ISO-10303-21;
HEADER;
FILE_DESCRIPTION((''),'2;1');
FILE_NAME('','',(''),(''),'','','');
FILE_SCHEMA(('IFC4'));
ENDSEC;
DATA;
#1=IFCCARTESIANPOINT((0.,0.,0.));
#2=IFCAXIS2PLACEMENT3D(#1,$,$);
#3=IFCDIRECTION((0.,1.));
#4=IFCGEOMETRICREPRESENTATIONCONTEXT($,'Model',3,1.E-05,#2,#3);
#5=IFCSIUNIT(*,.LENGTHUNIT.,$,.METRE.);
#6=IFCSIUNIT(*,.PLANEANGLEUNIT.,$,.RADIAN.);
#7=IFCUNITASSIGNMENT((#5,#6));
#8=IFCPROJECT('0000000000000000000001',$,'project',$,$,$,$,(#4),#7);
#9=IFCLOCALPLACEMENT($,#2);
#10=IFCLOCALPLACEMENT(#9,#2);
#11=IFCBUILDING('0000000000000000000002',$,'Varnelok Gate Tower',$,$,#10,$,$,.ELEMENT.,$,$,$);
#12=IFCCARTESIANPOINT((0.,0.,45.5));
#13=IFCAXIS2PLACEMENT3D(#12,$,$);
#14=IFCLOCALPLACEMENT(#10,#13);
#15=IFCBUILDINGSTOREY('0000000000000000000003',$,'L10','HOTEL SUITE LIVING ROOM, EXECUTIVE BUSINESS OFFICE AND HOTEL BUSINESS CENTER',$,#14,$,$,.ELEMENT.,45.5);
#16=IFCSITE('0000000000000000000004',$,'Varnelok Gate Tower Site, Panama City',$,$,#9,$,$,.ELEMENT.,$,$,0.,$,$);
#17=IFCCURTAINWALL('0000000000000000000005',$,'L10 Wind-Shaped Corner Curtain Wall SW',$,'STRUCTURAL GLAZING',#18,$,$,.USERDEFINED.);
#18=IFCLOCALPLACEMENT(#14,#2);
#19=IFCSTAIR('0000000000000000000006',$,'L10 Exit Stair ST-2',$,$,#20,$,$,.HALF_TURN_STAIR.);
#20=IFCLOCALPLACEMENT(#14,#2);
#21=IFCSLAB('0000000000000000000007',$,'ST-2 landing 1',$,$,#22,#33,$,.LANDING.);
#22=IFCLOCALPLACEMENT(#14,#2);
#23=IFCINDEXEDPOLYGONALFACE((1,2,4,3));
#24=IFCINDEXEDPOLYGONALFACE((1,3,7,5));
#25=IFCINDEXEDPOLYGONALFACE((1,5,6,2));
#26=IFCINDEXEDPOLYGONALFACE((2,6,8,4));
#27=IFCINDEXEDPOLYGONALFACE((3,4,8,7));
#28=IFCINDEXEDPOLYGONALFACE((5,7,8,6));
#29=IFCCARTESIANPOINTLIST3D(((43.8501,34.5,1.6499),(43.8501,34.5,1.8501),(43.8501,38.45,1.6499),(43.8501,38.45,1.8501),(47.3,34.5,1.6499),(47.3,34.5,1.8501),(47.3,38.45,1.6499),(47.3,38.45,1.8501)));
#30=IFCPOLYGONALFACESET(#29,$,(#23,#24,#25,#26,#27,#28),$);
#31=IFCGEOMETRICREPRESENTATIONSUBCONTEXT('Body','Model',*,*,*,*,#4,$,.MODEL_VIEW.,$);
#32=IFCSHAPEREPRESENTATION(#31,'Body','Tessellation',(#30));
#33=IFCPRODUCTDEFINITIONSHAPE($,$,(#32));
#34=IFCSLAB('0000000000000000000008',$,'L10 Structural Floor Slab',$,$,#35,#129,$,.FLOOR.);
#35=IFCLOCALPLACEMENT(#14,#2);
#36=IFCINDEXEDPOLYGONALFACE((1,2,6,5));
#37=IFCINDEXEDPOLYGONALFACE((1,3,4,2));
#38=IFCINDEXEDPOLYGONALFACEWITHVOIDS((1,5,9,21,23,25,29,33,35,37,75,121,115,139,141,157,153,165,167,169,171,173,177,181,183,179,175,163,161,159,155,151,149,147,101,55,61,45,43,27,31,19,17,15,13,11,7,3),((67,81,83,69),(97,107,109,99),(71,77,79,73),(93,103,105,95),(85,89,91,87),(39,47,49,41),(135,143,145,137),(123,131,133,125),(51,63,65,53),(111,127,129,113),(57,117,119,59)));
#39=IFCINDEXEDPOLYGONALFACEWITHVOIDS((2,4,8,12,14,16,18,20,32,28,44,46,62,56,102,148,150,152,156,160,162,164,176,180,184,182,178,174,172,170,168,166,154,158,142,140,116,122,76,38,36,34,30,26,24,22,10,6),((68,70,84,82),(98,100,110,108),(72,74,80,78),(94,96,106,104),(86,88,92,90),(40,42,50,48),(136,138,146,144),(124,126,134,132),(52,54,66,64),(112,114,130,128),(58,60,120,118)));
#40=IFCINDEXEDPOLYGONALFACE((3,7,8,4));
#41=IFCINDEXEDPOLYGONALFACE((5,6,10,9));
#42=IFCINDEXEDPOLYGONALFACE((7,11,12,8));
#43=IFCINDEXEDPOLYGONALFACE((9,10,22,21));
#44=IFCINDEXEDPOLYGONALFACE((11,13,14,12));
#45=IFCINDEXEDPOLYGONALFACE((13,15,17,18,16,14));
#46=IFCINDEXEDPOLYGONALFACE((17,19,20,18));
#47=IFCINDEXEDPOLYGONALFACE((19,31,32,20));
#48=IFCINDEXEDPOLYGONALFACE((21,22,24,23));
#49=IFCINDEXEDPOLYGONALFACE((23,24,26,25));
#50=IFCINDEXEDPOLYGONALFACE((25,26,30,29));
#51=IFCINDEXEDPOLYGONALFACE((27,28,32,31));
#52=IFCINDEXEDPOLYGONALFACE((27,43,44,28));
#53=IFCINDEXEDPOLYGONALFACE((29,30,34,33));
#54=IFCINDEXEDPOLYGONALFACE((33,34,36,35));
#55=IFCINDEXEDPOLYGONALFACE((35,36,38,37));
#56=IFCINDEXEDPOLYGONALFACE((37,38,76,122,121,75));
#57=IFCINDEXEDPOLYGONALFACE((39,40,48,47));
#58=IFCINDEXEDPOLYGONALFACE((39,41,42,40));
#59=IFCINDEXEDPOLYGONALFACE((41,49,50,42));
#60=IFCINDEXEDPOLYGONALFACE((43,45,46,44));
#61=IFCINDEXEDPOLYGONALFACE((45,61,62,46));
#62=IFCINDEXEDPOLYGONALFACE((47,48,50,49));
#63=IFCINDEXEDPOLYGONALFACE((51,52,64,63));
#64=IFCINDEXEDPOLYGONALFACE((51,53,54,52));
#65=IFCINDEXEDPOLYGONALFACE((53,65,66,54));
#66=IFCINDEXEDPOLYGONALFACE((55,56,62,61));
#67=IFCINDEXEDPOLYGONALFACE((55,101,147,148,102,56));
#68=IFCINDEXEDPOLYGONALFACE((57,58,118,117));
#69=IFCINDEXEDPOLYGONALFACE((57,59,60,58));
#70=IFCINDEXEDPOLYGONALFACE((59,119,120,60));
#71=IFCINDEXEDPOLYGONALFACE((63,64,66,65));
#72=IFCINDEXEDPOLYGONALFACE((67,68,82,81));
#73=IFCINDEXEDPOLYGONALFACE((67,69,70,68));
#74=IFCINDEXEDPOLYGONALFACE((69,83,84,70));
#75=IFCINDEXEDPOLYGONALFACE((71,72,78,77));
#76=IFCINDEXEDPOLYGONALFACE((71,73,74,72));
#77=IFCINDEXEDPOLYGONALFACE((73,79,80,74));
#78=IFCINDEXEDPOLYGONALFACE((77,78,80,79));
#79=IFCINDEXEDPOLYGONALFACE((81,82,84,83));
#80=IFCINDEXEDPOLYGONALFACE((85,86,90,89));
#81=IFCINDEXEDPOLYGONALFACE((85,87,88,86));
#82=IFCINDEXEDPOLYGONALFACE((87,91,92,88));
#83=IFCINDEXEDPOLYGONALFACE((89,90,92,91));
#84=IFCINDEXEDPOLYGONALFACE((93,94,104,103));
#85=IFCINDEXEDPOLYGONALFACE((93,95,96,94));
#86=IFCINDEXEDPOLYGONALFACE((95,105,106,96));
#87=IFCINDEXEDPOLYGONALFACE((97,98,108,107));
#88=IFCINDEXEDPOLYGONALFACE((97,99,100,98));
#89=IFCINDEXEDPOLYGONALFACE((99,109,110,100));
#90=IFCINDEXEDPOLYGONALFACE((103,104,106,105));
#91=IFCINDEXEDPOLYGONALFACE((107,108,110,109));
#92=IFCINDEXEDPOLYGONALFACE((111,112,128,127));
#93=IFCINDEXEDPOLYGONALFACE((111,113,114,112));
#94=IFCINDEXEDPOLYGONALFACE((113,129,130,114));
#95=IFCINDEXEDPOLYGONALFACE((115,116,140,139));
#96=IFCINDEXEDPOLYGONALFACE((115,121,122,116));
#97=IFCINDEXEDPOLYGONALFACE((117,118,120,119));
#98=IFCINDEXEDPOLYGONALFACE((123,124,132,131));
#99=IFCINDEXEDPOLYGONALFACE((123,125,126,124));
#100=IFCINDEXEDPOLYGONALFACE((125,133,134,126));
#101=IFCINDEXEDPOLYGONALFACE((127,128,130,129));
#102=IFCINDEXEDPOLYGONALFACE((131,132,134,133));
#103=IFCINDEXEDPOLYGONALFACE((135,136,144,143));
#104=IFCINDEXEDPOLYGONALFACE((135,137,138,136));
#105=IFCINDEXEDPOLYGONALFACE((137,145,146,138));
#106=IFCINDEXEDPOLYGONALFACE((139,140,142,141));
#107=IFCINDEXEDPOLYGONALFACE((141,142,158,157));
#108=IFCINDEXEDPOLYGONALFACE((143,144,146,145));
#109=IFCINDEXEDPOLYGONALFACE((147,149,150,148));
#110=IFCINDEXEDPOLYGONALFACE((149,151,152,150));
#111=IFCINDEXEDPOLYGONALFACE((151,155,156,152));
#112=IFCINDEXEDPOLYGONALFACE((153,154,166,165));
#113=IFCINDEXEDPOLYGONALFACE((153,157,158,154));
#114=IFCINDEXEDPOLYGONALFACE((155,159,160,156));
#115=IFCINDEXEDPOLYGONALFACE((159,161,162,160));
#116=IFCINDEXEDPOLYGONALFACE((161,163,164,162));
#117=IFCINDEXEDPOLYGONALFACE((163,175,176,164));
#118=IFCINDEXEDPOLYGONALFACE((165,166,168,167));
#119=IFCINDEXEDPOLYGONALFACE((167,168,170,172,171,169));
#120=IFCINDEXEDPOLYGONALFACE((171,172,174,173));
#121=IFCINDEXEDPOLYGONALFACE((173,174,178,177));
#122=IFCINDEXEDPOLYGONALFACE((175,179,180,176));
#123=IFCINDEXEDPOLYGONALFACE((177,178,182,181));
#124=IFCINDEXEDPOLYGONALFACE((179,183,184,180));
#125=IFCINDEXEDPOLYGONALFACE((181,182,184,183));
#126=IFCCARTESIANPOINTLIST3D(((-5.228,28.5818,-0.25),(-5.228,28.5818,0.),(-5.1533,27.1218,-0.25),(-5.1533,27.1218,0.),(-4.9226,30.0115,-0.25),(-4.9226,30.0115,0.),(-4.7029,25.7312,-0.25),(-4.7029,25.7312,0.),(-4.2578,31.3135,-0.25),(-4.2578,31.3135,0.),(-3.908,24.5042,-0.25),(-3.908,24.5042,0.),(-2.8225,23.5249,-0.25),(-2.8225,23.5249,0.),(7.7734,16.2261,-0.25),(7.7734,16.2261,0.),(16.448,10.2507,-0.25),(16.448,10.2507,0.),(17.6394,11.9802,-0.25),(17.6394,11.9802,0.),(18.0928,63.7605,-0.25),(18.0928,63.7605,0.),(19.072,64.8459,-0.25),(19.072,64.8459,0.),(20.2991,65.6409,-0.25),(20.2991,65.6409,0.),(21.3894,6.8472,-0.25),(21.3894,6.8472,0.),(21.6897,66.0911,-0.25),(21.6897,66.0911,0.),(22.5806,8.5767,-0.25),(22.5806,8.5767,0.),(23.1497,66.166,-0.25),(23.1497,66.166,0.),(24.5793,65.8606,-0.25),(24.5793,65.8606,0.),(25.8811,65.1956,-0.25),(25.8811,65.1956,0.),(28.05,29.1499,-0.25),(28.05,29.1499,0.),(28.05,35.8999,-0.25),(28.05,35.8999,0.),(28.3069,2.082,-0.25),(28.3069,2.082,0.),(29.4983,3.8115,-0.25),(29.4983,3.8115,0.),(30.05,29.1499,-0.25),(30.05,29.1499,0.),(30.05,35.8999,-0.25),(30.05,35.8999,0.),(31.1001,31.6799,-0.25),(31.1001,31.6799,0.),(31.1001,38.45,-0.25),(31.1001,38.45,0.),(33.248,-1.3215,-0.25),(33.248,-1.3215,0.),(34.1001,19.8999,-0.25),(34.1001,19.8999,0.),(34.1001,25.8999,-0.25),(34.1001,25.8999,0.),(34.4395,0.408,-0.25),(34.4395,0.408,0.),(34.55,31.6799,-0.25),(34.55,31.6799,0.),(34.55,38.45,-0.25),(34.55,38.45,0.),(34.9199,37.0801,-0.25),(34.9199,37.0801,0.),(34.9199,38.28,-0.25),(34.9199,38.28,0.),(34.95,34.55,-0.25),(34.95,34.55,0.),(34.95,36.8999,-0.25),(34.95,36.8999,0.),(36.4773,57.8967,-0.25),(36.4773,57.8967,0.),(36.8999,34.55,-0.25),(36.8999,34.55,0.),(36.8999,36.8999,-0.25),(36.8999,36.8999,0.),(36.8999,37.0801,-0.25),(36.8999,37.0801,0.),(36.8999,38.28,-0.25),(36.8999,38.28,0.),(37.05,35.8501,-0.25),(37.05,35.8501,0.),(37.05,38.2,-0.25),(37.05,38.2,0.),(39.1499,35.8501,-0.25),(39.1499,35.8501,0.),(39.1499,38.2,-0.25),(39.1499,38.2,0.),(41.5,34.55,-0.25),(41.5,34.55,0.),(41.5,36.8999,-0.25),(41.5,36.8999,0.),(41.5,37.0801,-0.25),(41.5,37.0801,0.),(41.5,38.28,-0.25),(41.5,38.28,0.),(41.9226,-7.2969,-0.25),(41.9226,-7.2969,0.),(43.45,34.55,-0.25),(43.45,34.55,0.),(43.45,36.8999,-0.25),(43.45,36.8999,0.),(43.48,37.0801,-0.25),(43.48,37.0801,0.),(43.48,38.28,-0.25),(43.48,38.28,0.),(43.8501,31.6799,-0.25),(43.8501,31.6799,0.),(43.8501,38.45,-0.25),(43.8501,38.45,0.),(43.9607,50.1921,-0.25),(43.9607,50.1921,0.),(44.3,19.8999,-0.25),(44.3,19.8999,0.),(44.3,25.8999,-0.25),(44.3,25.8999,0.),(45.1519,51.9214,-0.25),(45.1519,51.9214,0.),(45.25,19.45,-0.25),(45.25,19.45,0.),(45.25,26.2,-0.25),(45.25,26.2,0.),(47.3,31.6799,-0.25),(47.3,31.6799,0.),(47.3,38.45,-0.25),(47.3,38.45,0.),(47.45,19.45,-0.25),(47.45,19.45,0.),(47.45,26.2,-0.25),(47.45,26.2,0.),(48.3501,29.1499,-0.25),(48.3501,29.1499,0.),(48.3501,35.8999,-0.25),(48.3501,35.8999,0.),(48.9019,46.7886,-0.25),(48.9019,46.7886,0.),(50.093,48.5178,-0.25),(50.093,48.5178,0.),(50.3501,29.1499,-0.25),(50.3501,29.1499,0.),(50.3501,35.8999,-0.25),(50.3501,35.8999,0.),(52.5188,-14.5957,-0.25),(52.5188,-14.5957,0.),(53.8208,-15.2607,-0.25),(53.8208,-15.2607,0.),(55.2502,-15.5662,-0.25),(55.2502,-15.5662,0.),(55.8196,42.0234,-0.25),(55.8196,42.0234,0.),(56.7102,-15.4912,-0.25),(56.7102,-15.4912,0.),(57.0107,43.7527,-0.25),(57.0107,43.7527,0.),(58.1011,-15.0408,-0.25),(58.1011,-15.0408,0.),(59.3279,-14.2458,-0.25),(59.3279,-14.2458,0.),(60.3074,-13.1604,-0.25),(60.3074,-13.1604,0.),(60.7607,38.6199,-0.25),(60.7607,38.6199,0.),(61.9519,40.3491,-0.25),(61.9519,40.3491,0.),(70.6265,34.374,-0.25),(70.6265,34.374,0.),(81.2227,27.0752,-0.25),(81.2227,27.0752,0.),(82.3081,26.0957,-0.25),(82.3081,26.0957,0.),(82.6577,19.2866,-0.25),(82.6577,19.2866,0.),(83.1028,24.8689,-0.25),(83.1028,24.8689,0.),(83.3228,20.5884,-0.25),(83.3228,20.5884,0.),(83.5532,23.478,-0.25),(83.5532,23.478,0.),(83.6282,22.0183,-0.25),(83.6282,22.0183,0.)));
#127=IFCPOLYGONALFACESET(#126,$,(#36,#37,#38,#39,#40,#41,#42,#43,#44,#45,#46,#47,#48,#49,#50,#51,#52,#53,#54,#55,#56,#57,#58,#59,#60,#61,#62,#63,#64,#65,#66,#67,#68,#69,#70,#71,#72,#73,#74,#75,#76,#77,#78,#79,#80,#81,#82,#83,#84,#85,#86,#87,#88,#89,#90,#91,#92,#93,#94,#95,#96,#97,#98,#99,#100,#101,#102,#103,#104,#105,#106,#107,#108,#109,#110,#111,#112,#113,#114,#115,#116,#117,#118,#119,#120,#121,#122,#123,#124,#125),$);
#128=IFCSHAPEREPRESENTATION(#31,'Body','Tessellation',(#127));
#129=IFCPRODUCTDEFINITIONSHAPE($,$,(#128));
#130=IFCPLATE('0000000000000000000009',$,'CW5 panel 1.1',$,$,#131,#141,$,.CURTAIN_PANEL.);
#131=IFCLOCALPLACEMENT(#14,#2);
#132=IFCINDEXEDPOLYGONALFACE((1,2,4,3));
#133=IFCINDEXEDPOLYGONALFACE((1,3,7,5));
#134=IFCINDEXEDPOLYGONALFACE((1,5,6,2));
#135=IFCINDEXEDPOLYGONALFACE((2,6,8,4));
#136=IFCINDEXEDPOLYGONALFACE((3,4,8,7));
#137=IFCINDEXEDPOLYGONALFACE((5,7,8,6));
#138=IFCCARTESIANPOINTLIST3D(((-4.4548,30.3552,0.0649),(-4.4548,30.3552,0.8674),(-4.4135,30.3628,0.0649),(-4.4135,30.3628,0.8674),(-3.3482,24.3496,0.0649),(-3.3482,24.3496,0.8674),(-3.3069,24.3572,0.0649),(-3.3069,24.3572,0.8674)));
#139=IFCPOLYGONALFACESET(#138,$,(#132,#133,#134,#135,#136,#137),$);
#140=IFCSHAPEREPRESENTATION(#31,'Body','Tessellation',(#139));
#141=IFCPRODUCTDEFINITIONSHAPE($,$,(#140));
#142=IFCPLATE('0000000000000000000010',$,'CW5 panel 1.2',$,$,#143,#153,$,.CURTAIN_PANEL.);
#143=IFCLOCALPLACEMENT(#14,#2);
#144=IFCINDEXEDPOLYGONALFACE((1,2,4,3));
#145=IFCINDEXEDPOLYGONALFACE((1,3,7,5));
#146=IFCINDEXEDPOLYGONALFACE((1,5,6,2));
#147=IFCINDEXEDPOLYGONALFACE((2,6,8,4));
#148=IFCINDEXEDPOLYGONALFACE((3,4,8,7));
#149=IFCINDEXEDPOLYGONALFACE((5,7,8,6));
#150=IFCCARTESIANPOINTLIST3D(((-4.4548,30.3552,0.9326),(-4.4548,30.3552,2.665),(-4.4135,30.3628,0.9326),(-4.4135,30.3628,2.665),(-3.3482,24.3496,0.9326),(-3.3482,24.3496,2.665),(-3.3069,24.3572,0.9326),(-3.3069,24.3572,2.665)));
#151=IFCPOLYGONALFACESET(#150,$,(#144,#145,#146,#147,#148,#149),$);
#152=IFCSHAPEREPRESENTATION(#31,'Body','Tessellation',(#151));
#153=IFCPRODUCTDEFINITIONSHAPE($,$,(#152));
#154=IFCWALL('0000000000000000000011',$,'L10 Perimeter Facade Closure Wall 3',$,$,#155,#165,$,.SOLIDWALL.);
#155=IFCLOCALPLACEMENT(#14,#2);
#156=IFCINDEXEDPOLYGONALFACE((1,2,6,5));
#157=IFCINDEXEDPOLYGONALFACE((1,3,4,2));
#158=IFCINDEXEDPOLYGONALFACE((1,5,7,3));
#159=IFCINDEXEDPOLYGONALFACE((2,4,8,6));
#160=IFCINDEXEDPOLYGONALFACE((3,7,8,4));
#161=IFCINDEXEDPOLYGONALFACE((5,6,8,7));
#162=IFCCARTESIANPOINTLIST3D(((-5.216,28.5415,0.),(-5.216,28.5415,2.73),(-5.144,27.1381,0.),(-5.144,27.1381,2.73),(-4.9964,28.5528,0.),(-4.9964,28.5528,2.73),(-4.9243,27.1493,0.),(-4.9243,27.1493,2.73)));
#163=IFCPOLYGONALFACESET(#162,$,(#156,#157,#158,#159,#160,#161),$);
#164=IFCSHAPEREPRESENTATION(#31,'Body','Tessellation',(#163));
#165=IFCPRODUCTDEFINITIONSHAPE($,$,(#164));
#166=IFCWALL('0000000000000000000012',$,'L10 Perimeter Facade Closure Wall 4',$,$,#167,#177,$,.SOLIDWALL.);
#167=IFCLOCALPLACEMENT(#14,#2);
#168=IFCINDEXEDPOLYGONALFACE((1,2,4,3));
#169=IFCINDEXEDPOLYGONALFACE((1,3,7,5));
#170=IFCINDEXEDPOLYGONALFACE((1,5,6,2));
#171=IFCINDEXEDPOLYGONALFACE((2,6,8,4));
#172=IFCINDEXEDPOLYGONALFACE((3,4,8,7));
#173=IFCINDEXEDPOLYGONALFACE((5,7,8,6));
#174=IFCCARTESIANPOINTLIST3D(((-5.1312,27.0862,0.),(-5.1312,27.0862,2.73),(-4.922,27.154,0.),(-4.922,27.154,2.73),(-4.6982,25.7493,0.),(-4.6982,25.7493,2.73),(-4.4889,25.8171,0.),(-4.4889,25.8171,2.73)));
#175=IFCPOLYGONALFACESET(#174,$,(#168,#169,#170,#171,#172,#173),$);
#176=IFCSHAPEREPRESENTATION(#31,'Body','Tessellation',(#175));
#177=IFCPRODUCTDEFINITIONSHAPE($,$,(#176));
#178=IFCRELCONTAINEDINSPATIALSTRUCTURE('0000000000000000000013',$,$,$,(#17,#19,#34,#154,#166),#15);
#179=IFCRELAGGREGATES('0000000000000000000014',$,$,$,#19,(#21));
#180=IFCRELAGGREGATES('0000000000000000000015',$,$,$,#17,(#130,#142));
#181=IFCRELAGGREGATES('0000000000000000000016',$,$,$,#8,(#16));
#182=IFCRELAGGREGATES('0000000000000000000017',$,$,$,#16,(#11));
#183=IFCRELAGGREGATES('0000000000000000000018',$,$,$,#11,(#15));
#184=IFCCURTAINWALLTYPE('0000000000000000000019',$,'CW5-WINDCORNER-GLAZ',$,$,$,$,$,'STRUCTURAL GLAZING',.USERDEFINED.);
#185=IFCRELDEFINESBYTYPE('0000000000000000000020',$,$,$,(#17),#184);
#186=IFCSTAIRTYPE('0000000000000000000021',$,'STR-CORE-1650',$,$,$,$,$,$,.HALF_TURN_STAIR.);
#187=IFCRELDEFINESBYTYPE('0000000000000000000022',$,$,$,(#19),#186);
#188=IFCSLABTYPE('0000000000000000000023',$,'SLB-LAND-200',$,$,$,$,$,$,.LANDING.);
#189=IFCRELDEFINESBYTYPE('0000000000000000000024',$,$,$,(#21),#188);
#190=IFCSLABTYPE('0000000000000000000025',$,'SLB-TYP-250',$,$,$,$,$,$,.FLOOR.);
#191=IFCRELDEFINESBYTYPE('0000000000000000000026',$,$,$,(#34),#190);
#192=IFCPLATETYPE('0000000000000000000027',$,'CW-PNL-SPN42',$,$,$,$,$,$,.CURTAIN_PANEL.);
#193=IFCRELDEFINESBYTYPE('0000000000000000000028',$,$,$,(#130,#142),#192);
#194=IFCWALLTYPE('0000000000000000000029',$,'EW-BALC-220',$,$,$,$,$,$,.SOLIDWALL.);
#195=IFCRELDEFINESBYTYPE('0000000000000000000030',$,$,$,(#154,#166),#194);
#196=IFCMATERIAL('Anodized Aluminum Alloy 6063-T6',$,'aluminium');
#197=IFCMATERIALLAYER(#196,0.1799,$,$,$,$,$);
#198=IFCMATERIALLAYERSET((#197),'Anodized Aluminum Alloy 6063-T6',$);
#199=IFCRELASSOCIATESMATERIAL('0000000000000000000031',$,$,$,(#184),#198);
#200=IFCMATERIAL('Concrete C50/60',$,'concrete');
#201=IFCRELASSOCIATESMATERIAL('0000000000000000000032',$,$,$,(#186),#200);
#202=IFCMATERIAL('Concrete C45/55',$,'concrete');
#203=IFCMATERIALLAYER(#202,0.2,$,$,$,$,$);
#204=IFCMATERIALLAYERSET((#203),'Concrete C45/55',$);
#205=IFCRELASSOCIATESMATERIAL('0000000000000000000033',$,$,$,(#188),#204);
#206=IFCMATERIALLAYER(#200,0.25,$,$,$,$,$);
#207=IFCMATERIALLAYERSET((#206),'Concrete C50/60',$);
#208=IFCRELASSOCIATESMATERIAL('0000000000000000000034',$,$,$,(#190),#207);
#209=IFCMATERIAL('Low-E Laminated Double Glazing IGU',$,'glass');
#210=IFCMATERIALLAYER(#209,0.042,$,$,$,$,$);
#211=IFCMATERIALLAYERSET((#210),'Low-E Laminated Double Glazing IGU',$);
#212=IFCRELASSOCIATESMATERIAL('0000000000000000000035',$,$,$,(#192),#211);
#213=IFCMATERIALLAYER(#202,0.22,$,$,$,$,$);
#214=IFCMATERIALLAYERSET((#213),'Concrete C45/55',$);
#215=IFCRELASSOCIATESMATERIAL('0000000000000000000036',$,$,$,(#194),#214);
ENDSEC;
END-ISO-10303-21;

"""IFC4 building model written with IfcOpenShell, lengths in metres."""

from ifc_helpers import new_model, si_unit, direction, frame, frame_2d, origin, origin_2d, place, context, subcontext, project, spatial, polyline, rectangle, outline, extrude, source, transform, mapped, material, layer, layer_set, type_object, element, aggregate, save


model = new_model("IFC4")

# Units and contexts
model_context = context("Model", 3, precision=1e-05, world=origin(), true_north=direction((0.0, 1.0)))
body_context = subcontext(model_context, "Body", "Model", "MODEL_VIEW")
ifc_project = project(units=[si_unit("LENGTHUNIT", "METRE"), si_unit("PLANEANGLEUNIT", "RADIAN")], contexts=[model_context])

# Site, building, storey
site_placement = place(None, origin())
site = spatial("IfcSite", under=ifc_project, at=site_placement, Name="Varnelok Gate Tower Site, Panama City", CompositionType="ELEMENT", RefElevation=0.0)
building_placement = place(site_placement, origin())
building = spatial("IfcBuilding", under=site, at=building_placement, Name="Varnelok Gate Tower", CompositionType="ELEMENT")
storey_placement = place(building_placement, frame((0.0, 0.0, 45.5)))
storey = spatial("IfcBuildingStorey", under=building, at=storey_placement, Name="L10", Description="HOTEL SUITE LIVING ROOM, EXECUTIVE BUSINESS OFFICE AND HOTEL BUSINESS CENTER", CompositionType="ELEMENT", Elevation=45.5)

# Curtain wall
ifc_material_1 = material(Name="Anodized Aluminum Alloy 6063-T6", Category="aluminium")
ifc_layer_1 = layer(ifc_material_1, 0.1799)
ifc_layer_set_1 = layer_set([ifc_layer_1], Name="Anodized Aluminum Alloy 6063-T6")
curtain_wall_type = type_object("IfcCurtainWallType", Name="CW5-WINDCORNER-GLAZ", ElementType="STRUCTURAL GLAZING", PredefinedType="USERDEFINED", material=ifc_layer_set_1)
curtain_wall_placement = place(storey_placement, origin())
curtain_wall = element("IfcCurtainWall", 1, at=curtain_wall_placement, inside=storey, type_object=curtain_wall_type, Name="L10 Wind-Shaped Corner Curtain Wall SW", ObjectType="STRUCTURAL GLAZING", PredefinedType="USERDEFINED")

# Shared definitions
ifc_material_2 = material(Name="Concrete C45/55", Category="concrete")

# Stair, slab
ifc_material_3 = material(Name="Concrete C50/60", Category="concrete")
stair_type = type_object("IfcStairType", Name="STR-CORE-1650", PredefinedType="HALF_TURN_STAIR", material=ifc_material_3)
ifc_layer_2 = layer(ifc_material_2, 0.2)
ifc_layer_set_2 = layer_set([ifc_layer_2], Name="Concrete C45/55")
slab_type_1 = type_object("IfcSlabType", Name="SLB-LAND-200", PredefinedType="LANDING", material=ifc_layer_set_2)
stair_1_placement = place(storey_placement, origin())
stair_1 = element("IfcStair", 2, at=stair_1_placement, inside=storey, type_object=stair_type, Name="L10 Exit Stair ST-2", PredefinedType="HALF_TURN_STAIR")
slab_1_placement = place(storey_placement, frame((0.0, 0.0, 1.6499)))
slab_1 = element("IfcSlab", 3, at=slab_1_placement, type_object=slab_type_1, Name="ST-2 landing 1", PredefinedType="LANDING", context=body_context, shape_type="SweptSolid", body=[
    extrude(outline(polyline([(47.3, 34.5), (47.3, 38.45), (43.8501, 38.45), (43.8501, 34.5), (47.3, 34.5)])), origin(), (0.0, 0.0, 1.0), 0.2002),
])
aggregate(stair_1, [slab_1])

# Slab
ifc_layer_3 = layer(ifc_material_3, 0.25)
ifc_layer_set_3 = layer_set([ifc_layer_3], Name="Concrete C50/60")
slab_type_2 = type_object("IfcSlabType", Name="SLB-TYP-250", PredefinedType="FLOOR", material=ifc_layer_set_3)
slab_2_placement = place(storey_placement, frame((0.0, 0.0, -0.25)))
element("IfcSlab", 4, at=slab_2_placement, inside=storey, type_object=slab_type_2, Name="L10 Structural Floor Slab", PredefinedType="FLOOR", context=body_context, shape_type="SweptSolid", body=[
    extrude(outline(polyline([(-4.2578, 31.3135), (-4.9226, 30.0115), (-5.228, 28.5818), (-5.1533, 27.1218), (-4.7029, 25.7312), (-3.908, 24.5042), (-2.8225, 23.5249), (7.7734, 16.2261), (16.448, 10.2507), (17.6394, 11.9802), (22.5806, 8.5767), (21.3894, 6.8472), (28.3069, 2.082), (29.4983, 3.8115), (34.4395, 0.408), (33.248, -1.3215), (41.9226, -7.2969), (52.5188, -14.5957), (53.8208, -15.2607), (55.2502, -15.5662), (56.7102, -15.4912), (58.1011, -15.0408), (59.3279, -14.2458), (60.3074, -13.1604), (82.6577, 19.2866), (83.3228, 20.5884), (83.6282, 22.0183), (83.5532, 23.478), (83.1028, 24.8689), (82.3081, 26.0957), (81.2227, 27.0752), (70.6265, 34.374), (61.9519, 40.3491), (60.7607, 38.6199), (55.8196, 42.0234), (57.0107, 43.7527), (50.093, 48.5178), (48.9019, 46.7886), (43.9607, 50.1921), (45.1519, 51.9214), (36.4773, 57.8967), (25.8811, 65.1956), (24.5793, 65.8606), (23.1497, 66.166), (21.6897, 66.0911), (20.2991, 65.6409), (19.072, 64.8459), (18.0928, 63.7605), (-4.2578, 31.3135)]), holes=[polyline([(34.55, 31.6799), (34.55, 38.45), (31.1001, 38.45), (31.1001, 31.6799), (34.55, 31.6799)]), polyline([(47.3, 31.6799), (47.3, 38.45), (43.8501, 38.45), (43.8501, 31.6799), (47.3, 31.6799)]), polyline([(34.95, 34.55), (36.8999, 34.55), (36.8999, 36.8999), (34.95, 36.8999), (34.95, 34.55)]), polyline([(41.5, 34.55), (43.45, 34.55), (43.45, 36.8999), (41.5, 36.8999), (41.5, 34.55)]), polyline([(37.05, 35.8501), (39.1499, 35.8501), (39.1499, 38.2), (37.05, 38.2), (37.05, 35.8501)]), polyline([(28.05, 29.1499), (30.05, 29.1499), (30.05, 35.8999), (28.05, 35.8999), (28.05, 29.1499)]), polyline([(48.3501, 29.1499), (50.3501, 29.1499), (50.3501, 35.8999), (48.3501, 35.8999), (48.3501, 29.1499)]), polyline([(45.25, 19.45), (47.45, 19.45), (47.45, 26.2), (45.25, 26.2), (45.25, 19.45)]), polyline([(34.9199, 37.0801), (36.8999, 37.0801), (36.8999, 38.28), (34.9199, 38.28), (34.9199, 37.0801)]), polyline([(41.5, 37.0801), (43.48, 37.0801), (43.48, 38.28), (41.5, 38.28), (41.5, 37.0801)]), polyline([(34.1001, 19.8999), (44.3, 19.8999), (44.3, 25.8999), (34.1001, 25.8999), (34.1001, 19.8999)])]), origin(), (0.0, 0.0, 1.0), 0.25),
])

# Plates
ifc_material_4 = material(Name="Low-E Laminated Double Glazing IGU", Category="glass")
ifc_layer_4 = layer(ifc_material_4, 0.042)
ifc_layer_set_4 = layer_set([ifc_layer_4], Name="Low-E Laminated Double Glazing IGU")
plate_type = type_object("IfcPlateType", Name="CW-PNL-SPN42", PredefinedType="CURTAIN_PANEL", material=ifc_layer_set_4)
shared_shape_1 = source(origin(), body_context, "Body", "SweptSolid", [
    extrude(rectangle(XDim=6.1067, YDim=0.042, at=origin_2d()), origin(), (0.0, 0.0, 1.0), 0.8025),
])
plate_1_placement = place(storey_placement, frame((-3.8809, 27.3562, 0.0649), z_axis=(0.0, 0.0, 1.0), x_axis=(0.181203, -0.983446, 0.0)))
plate_1 = element("IfcPlate", 5, at=plate_1_placement, type_object=plate_type, Name="CW5 panel 1.1", PredefinedType="CURTAIN_PANEL", context=body_context, shape_type="MappedRepresentation", body=[
    mapped(shared_shape_1, transform((0.0, 0.0, 0.0), scale=1.0)),
])
shared_shape_2 = source(origin(), body_context, "Body", "SweptSolid", [
    extrude(rectangle(XDim=6.1067, YDim=0.042, at=origin_2d()), origin(), (0.0, 0.0, 1.0), 1.7324),
])
plate_2_placement = place(storey_placement, frame((-3.8809, 27.3562, 0.9326), z_axis=(0.0, 0.0, 1.0), x_axis=(0.181203, -0.983446, 0.0)))
plate_2 = element("IfcPlate", 6, at=plate_2_placement, type_object=plate_type, Name="CW5 panel 1.2", PredefinedType="CURTAIN_PANEL", context=body_context, shape_type="MappedRepresentation", body=[
    mapped(shared_shape_2, transform((0.0, 0.0, 0.0), scale=1.0)),
])
aggregate(curtain_wall, [plate_1, plate_2])

# Walls
ifc_layer_5 = layer(ifc_material_2, 0.22)
ifc_layer_set_5 = layer_set([ifc_layer_5], Name="Concrete C45/55")
wall_type_1 = type_object("IfcWallType", Name="EW-BALC-220", PredefinedType="SOLIDWALL", material=ifc_layer_set_5)
for number, where, z_axis, x_axis, name in (
    (7, (-5.1062, 28.5471, 0.0), (0.0, 0.0, 1.0), (0.051255, -0.998686, 0.0), "L10 Perimeter Facade Closure Wall 3"),
    (8, (-5.0266, 27.1201, 0.0), (0.0, 0.0, 1.0), (0.30819, -0.951325, 0.0), "L10 Perimeter Facade Closure Wall 4"),
):
    element("IfcWall", number, at=place(storey_placement, frame(where, z_axis=z_axis, x_axis=x_axis)), inside=storey, type_object=wall_type_1, Name=name, PredefinedType="SOLIDWALL", context=body_context, shape_type="SweptSolid", body=[
        extrude(rectangle(XDim=1.4053, YDim=0.22, at=frame_2d((0.7026, 0.0))), origin(), (0.0, 0.0, 1.0), 2.73),
    ])

save(model, "model.ifc")
